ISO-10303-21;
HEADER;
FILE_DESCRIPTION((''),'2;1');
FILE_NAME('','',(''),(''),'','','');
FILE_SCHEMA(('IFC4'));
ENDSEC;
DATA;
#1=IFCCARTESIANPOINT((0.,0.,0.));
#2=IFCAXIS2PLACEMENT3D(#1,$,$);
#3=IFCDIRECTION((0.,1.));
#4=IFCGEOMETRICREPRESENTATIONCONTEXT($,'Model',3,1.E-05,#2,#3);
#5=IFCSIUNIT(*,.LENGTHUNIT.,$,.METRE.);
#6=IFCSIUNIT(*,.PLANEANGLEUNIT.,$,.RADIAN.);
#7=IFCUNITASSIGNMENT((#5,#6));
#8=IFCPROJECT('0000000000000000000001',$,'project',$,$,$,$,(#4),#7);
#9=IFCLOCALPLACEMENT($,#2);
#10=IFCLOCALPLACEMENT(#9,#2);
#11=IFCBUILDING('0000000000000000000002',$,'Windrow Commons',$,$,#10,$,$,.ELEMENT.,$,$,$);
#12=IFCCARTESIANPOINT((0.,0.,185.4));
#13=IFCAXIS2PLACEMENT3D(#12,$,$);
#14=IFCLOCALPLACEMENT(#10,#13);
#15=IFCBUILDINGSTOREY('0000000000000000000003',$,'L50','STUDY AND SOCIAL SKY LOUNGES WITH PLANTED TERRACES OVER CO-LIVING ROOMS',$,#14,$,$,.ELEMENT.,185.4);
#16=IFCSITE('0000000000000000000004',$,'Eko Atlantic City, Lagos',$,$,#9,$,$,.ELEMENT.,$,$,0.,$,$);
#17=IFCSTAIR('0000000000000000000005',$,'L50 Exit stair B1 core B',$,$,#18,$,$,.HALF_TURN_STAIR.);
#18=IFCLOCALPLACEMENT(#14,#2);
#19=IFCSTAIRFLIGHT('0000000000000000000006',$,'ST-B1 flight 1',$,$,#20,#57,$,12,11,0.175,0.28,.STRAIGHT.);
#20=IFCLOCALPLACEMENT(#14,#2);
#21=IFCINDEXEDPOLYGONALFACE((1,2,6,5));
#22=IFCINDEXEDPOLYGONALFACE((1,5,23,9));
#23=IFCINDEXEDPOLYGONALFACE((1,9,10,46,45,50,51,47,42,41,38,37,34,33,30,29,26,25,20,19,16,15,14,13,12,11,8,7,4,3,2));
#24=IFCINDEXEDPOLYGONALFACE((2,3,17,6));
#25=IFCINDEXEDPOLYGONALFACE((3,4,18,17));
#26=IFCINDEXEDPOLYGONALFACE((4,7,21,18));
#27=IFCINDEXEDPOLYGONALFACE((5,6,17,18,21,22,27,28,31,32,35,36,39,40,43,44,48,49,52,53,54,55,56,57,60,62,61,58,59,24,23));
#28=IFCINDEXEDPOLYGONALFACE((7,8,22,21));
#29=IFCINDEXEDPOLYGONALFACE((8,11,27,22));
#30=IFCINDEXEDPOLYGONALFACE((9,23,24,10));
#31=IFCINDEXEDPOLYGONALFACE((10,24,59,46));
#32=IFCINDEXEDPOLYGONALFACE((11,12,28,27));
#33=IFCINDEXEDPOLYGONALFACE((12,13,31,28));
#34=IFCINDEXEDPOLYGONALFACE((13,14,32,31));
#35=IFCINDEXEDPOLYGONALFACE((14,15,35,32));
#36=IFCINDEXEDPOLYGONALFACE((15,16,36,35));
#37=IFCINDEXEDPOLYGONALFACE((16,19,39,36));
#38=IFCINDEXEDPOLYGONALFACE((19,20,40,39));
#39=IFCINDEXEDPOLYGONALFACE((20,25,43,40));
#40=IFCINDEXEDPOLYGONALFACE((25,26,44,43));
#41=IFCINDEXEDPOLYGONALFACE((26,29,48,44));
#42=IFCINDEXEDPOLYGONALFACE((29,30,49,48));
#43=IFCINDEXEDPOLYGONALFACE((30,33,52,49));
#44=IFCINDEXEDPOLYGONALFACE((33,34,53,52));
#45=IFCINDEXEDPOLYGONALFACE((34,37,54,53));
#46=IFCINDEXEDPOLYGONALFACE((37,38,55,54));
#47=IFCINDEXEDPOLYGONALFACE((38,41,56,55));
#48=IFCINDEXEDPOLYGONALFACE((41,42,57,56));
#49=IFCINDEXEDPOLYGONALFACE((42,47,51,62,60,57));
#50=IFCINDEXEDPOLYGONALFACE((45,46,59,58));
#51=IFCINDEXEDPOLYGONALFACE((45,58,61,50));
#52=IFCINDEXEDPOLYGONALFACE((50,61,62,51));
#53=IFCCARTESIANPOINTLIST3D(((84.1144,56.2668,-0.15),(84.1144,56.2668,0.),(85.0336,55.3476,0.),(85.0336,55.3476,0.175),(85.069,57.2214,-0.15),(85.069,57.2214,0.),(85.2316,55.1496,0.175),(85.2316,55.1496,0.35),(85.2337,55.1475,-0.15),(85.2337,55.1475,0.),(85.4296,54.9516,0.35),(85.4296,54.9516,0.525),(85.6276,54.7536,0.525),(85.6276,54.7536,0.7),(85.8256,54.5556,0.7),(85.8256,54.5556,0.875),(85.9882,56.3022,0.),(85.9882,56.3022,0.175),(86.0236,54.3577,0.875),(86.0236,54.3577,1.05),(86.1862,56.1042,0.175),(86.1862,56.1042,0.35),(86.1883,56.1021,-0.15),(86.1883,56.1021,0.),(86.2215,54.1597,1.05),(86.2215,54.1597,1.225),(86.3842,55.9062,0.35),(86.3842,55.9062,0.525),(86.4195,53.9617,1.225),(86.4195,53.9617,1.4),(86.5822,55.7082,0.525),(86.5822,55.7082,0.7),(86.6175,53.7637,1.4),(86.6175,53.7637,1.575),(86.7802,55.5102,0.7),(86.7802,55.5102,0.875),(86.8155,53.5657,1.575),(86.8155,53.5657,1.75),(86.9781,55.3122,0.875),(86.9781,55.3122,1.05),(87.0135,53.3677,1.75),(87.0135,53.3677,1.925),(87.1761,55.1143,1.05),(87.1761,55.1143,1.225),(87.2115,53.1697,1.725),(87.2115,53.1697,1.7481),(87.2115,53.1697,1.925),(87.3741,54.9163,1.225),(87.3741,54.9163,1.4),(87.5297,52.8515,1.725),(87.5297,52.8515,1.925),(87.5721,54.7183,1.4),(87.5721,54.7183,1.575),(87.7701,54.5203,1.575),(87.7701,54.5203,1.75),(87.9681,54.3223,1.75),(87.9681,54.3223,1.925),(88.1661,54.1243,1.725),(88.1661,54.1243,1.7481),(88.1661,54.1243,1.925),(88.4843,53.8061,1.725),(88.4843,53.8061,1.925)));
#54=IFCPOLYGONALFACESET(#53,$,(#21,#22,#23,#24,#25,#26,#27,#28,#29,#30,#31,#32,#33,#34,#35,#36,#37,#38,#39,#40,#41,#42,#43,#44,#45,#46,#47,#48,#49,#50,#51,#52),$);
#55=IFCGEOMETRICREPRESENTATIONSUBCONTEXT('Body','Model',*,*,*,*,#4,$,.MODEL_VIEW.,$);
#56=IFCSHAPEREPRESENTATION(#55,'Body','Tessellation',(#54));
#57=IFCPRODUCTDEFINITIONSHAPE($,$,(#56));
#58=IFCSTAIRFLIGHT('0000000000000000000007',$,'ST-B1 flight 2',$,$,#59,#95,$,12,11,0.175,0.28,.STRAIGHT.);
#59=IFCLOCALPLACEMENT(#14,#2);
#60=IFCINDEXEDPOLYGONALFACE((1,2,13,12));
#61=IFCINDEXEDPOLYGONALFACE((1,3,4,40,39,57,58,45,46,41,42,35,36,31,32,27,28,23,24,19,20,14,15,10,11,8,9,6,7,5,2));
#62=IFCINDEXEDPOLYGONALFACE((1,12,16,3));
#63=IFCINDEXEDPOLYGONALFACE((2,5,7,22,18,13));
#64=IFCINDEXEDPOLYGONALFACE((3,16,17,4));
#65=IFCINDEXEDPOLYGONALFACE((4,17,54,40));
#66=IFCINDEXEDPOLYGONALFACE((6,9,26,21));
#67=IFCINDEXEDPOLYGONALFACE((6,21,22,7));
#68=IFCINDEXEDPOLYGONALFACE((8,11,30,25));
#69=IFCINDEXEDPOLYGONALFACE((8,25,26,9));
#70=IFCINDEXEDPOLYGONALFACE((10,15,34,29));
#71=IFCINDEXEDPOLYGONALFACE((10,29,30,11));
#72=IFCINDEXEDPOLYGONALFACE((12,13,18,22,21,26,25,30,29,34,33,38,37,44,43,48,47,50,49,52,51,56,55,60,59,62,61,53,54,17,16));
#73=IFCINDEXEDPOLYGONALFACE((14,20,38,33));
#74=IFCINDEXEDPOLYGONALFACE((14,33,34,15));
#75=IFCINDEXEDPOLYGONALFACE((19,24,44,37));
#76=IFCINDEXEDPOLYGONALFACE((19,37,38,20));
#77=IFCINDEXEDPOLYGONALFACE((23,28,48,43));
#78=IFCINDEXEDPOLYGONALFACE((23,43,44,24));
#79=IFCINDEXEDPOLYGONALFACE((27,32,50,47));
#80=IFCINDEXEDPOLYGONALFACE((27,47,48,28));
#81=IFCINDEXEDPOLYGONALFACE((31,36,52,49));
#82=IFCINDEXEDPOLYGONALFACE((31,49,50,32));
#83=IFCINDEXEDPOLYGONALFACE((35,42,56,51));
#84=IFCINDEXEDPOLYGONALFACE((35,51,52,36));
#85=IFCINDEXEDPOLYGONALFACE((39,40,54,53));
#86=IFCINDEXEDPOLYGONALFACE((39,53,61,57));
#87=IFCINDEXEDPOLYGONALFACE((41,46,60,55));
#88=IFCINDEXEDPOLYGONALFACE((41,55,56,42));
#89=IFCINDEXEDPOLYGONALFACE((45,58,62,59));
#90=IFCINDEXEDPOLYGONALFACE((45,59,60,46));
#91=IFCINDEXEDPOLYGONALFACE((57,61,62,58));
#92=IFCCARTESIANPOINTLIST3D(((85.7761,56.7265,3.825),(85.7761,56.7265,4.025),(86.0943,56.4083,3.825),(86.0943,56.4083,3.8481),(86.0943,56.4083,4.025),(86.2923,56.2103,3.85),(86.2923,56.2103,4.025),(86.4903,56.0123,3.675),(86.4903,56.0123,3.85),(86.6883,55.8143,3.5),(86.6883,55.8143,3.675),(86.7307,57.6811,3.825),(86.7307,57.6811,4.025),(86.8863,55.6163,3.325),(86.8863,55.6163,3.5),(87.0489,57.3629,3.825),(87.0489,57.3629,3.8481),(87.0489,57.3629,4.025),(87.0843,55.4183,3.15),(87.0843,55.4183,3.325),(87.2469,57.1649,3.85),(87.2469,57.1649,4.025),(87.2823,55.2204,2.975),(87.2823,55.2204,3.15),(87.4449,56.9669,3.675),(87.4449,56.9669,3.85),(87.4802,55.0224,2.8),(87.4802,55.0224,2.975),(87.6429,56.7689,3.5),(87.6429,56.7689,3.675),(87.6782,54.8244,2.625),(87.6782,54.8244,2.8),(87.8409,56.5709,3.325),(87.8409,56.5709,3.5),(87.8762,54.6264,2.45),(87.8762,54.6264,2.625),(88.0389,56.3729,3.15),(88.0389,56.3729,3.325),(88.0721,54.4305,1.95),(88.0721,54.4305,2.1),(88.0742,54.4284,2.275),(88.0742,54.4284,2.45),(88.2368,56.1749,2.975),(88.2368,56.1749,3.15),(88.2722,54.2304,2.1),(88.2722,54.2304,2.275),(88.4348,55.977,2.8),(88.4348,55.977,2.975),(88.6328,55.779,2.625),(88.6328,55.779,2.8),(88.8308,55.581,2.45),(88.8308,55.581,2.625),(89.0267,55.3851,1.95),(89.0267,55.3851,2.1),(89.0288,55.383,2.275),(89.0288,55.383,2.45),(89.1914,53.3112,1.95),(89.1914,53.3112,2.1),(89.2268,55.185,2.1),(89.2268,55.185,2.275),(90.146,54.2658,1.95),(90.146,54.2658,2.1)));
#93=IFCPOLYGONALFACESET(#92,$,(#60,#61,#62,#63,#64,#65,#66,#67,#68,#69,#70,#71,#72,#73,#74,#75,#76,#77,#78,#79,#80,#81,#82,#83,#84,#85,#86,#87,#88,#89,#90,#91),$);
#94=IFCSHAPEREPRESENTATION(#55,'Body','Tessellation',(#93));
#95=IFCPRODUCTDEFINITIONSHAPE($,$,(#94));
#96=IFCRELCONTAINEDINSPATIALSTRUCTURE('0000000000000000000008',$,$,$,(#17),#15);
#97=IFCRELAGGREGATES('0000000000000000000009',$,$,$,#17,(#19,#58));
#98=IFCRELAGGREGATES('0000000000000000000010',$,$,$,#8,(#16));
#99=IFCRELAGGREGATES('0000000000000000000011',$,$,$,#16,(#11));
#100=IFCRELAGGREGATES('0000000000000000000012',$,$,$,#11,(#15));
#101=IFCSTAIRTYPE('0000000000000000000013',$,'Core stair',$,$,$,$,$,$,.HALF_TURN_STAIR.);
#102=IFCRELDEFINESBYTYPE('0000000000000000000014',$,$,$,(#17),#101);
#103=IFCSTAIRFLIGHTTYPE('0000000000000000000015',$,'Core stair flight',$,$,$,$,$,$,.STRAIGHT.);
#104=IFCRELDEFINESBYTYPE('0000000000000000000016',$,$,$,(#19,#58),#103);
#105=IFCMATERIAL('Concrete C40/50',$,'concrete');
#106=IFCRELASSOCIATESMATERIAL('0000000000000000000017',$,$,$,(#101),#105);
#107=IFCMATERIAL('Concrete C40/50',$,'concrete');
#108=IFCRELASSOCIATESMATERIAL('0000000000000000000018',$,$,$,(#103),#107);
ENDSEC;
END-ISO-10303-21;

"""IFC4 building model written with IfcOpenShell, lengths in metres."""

from ifc_helpers import new_model, si_unit, direction, frame, origin, place, context, subcontext, project, spatial, polyline, outline, extrude, material, type_object, element, aggregate, save


model = new_model("IFC4")

# Units and contexts
model_context = context("Model", 3, precision=1e-05, world=origin(), true_north=direction((0.0, 1.0)))
body_context = subcontext(model_context, "Body", "Model", "MODEL_VIEW")
ifc_project = project(units=[si_unit("LENGTHUNIT", "METRE"), si_unit("PLANEANGLEUNIT", "RADIAN")], contexts=[model_context])

# Site, building, storey
site_placement = place(None, origin())
site = spatial("IfcSite", under=ifc_project, at=site_placement, Name="Eko Atlantic City, Lagos", CompositionType="ELEMENT", RefElevation=0.0)
building_placement = place(site_placement, origin())
building = spatial("IfcBuilding", under=site, at=building_placement, Name="Windrow Commons", CompositionType="ELEMENT")
storey_placement = place(building_placement, frame((0.0, 0.0, 185.4)))
storey = spatial("IfcBuildingStorey", under=building, at=storey_placement, Name="L50", Description="STUDY AND SOCIAL SKY LOUNGES WITH PLANTED TERRACES OVER CO-LIVING ROOMS", CompositionType="ELEMENT", Elevation=185.4)

# Shared definitions
placement = place(storey_placement, origin())

# Stair, stair flights
ifc_material_1 = material(Name="Concrete C40/50", Category="concrete")
stair_type = type_object("IfcStairType", Name="Core stair", PredefinedType="HALF_TURN_STAIR", material=ifc_material_1)
stair = element("IfcStair", 1, at=placement, inside=storey, type_object=stair_type, Name="L50 Exit stair B1 core B", PredefinedType="HALF_TURN_STAIR")
ifc_material_2 = material(Name="Concrete C40/50", Category="concrete")
stair_flight_type = type_object("IfcStairFlightType", Name="Core stair flight", PredefinedType="STRAIGHT", material=ifc_material_2)
stair_flight_1_placement = place(storey_placement, frame((85.5109, 55.8249, 0.0), z_axis=(0.0, 0.0, 1.0), x_axis=(0.707107, -0.707107, 0.0)))
stair_flight_1 = element("IfcStairFlight", 2, at=stair_flight_1_placement, type_object=stair_flight_type, Name="ST-B1 flight 1", NumberOfRisers=12, NumberOfTreads=11, PredefinedType="STRAIGHT", RiserHeight=0.175, TreadLength=0.28, context=body_context, shape_type="SweptSolid", body=[
    extrude(outline(polyline([(-1.3, -0.15), (-1.3, 0.0), (0.0, 0.0), (0.0, 0.175), (0.28, 0.175), (0.28, 0.35), (0.56, 0.35), (0.56, 0.525), (0.84, 0.525), (0.84, 0.7), (1.12, 0.7), (1.12, 0.875), (1.4, 0.875), (1.4, 1.05), (1.68, 1.05), (1.68, 1.225), (1.96, 1.225), (1.96, 1.4), (2.24, 1.4), (2.24, 1.575), (2.52, 1.575), (2.52, 1.75), (2.8, 1.75), (2.8, 1.925), (3.08, 1.925), (3.53, 1.925), (3.53, 1.725), (3.08, 1.725), (3.08, 1.7481), (0.283, 0.0), (0.283, -0.15), (-1.3, -0.15)])), frame((0.0, 0.675, 0.0), z_axis=(0.0, -1.0, 0.0), x_axis=(1.0, 0.0, 0.0)), (0.0, 0.0, 1.0), 1.35),
])
stair_flight_2_placement = place(storey_placement, frame((88.7495, 54.7077, 2.1), z_axis=(0.0, 0.0, 1.0), x_axis=(-0.707107, 0.707107, 0.0)))
stair_flight_2 = element("IfcStairFlight", 3, at=stair_flight_2_placement, type_object=stair_flight_type, Name="ST-B1 flight 2", NumberOfRisers=12, NumberOfTreads=11, PredefinedType="STRAIGHT", RiserHeight=0.175, TreadLength=0.28, context=body_context, shape_type="SweptSolid", body=[
    extrude(outline(polyline([(-1.3, -0.15), (-1.3, 0.0), (0.0, 0.0), (0.0, 0.175), (0.28, 0.175), (0.28, 0.35), (0.56, 0.35), (0.56, 0.525), (0.84, 0.525), (0.84, 0.7), (1.12, 0.7), (1.12, 0.875), (1.4, 0.875), (1.4, 1.05), (1.68, 1.05), (1.68, 1.225), (1.96, 1.225), (1.96, 1.4), (2.24, 1.4), (2.24, 1.575), (2.52, 1.575), (2.52, 1.75), (2.8, 1.75), (2.8, 1.925), (3.08, 1.925), (3.53, 1.925), (3.53, 1.725), (3.08, 1.725), (3.08, 1.7481), (0.283, 0.0), (0.283, -0.15), (-1.3, -0.15)])), frame((0.0, 0.675, 0.0), z_axis=(0.0, -1.0, 0.0), x_axis=(1.0, 0.0, 0.0)), (0.0, 0.0, 1.0), 1.35),
])
aggregate(stair, [stair_flight_1, stair_flight_2])

save(model, "model.ifc")
